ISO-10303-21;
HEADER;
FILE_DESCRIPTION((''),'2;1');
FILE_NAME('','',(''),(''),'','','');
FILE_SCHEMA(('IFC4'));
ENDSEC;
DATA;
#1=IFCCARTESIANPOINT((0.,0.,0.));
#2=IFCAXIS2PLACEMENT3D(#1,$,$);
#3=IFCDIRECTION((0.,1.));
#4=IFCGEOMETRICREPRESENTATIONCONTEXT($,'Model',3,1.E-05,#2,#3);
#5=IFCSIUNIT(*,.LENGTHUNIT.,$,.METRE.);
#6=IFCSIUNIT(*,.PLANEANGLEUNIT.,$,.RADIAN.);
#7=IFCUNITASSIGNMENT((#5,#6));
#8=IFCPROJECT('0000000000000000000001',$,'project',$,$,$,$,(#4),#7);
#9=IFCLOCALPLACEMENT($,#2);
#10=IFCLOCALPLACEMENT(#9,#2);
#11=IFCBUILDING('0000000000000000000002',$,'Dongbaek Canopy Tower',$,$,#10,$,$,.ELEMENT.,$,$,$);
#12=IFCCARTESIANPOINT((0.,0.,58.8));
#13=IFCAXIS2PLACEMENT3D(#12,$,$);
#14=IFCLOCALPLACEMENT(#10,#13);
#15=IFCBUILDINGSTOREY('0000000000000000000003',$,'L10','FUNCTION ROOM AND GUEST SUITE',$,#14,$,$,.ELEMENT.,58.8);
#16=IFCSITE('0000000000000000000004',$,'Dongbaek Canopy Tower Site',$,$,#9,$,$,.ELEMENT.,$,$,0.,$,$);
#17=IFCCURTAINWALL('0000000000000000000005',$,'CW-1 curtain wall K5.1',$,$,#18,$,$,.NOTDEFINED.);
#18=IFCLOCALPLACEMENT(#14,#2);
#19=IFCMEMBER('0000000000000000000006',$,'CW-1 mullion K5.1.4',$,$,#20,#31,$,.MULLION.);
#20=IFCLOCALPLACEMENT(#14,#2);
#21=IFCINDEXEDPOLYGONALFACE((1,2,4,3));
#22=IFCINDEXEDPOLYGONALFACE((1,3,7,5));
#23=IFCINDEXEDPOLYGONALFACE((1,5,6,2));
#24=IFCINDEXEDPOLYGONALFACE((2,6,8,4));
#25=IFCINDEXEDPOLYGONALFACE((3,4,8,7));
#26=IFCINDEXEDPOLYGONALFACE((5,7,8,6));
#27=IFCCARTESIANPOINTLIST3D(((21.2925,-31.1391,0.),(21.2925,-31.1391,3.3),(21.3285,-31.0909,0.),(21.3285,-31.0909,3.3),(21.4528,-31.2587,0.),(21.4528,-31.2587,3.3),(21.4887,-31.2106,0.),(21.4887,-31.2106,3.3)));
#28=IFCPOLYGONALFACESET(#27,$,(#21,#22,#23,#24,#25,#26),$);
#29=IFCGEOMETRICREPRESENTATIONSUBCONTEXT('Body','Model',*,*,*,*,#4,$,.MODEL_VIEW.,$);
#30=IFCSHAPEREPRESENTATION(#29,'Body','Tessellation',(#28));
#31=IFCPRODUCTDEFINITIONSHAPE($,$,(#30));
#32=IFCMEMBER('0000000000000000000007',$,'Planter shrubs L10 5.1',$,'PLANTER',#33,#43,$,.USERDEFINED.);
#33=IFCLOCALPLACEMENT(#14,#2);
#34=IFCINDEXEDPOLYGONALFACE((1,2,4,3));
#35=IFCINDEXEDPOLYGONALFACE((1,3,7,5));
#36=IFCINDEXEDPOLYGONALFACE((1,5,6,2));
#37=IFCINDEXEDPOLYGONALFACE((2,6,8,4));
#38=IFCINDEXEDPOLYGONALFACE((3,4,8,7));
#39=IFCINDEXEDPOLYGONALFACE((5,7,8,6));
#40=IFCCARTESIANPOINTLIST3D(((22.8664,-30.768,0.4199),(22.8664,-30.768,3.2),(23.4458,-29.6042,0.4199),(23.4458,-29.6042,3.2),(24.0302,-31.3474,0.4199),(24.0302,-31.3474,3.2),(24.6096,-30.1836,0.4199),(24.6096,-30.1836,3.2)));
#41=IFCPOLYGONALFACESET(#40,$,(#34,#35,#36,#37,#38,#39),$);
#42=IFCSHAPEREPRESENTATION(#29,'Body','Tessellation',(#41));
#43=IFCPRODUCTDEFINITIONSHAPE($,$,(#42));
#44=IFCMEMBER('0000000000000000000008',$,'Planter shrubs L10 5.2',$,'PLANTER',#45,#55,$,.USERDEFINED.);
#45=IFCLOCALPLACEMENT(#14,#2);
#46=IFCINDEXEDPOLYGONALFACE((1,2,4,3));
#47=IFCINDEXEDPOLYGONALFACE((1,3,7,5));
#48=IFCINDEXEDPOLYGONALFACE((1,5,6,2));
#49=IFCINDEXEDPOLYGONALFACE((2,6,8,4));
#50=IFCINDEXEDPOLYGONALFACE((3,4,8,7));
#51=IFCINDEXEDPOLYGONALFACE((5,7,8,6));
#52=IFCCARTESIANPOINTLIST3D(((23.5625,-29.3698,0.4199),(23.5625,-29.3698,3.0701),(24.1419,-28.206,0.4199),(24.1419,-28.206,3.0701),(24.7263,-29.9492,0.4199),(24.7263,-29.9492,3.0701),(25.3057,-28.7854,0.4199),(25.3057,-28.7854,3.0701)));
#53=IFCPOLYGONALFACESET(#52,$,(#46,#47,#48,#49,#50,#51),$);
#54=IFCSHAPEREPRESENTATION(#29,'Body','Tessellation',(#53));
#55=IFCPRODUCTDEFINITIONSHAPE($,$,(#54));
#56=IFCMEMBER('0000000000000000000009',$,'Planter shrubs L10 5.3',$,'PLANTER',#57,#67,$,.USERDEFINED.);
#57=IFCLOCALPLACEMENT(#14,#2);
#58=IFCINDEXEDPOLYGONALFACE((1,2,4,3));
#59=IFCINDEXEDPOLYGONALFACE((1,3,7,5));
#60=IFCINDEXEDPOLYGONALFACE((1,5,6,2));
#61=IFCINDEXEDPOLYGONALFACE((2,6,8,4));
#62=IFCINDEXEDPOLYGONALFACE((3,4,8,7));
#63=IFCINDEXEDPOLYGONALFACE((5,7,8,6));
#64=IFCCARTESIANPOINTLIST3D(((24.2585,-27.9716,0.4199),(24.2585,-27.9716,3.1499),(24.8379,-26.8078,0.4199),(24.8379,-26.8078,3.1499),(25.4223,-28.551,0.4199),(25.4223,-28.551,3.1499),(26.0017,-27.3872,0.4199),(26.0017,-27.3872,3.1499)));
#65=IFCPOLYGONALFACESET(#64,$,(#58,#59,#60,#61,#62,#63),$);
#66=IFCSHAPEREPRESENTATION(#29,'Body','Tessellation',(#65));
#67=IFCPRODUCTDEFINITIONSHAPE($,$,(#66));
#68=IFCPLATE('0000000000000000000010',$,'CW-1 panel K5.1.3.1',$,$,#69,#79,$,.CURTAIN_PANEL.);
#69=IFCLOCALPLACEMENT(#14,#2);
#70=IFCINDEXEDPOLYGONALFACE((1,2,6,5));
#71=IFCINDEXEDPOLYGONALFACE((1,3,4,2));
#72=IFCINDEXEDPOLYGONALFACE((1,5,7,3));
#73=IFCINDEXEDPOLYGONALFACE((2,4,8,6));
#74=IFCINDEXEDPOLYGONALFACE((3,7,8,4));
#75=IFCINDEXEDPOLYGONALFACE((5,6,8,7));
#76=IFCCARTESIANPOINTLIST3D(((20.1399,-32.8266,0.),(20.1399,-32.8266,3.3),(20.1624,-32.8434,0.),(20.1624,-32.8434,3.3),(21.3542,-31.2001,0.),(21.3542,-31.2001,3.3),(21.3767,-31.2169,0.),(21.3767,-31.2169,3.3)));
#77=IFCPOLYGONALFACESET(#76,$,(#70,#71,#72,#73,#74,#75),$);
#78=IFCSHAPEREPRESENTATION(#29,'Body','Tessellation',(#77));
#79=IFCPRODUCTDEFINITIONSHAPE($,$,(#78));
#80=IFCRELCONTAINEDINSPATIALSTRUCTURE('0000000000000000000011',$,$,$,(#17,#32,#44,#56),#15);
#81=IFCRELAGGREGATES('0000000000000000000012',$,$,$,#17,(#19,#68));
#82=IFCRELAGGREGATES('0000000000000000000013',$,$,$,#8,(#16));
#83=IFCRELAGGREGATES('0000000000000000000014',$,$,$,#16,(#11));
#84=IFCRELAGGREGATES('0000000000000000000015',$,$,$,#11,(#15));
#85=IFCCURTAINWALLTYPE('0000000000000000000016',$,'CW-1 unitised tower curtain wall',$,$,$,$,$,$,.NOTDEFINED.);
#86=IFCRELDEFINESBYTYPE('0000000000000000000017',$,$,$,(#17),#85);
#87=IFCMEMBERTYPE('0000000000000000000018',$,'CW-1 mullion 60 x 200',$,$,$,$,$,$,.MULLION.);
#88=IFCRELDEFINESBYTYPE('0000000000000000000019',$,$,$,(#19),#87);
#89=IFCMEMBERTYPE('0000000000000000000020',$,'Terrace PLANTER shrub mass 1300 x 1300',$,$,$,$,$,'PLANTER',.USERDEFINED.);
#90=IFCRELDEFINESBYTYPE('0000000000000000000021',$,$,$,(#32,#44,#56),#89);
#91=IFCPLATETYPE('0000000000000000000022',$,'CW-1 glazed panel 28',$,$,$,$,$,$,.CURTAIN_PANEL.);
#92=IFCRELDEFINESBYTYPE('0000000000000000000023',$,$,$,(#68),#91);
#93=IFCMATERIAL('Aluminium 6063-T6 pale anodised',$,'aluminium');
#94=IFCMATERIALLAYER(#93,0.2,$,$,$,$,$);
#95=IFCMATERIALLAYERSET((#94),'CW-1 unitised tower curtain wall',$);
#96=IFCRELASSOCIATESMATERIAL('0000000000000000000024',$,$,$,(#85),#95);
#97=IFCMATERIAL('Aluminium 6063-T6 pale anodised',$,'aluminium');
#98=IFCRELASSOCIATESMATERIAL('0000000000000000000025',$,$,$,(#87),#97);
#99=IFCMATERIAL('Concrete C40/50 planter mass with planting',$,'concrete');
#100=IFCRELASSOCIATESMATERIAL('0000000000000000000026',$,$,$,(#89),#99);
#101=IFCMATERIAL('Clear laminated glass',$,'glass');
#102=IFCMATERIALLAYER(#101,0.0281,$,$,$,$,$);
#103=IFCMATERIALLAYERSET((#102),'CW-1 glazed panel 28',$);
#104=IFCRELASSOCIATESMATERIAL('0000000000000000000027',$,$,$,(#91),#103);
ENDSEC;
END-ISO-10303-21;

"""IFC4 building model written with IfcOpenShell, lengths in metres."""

from ifc_helpers import new_model, si_unit, direction, frame, origin, origin_2d, place, context, subcontext, project, spatial, rectangle, extrude, material, layer, layer_set, material_profile, profile_set, type_object, element, aggregate, save


model = new_model("IFC4")

# Units and contexts
model_context = context("Model", 3, precision=1e-05, world=origin(), true_north=direction((0.0, 1.0)))
body_context = subcontext(model_context, "Body", "Model", "MODEL_VIEW")
ifc_project = project(units=[si_unit("LENGTHUNIT", "METRE"), si_unit("PLANEANGLEUNIT", "RADIAN")], contexts=[model_context])

# Site, building, storey
site_placement = place(None, origin())
site = spatial("IfcSite", under=ifc_project, at=site_placement, Name="Dongbaek Canopy Tower Site", CompositionType="ELEMENT", RefElevation=0.0)
building_placement = place(site_placement, origin())
building = spatial("IfcBuilding", under=site, at=building_placement, Name="Dongbaek Canopy Tower", CompositionType="ELEMENT")
storey_placement = place(building_placement, frame((0.0, 0.0, 58.8)))
storey = spatial("IfcBuildingStorey", under=building, at=storey_placement, Name="L10", Description="FUNCTION ROOM AND GUEST SUITE", CompositionType="ELEMENT", Elevation=58.8)

# Curtain wall, member
ifc_material_1 = material(Name="Aluminium 6063-T6 pale anodised", Category="aluminium")
ifc_layer_1 = layer(ifc_material_1, 0.2)
ifc_layer_set_1 = layer_set([ifc_layer_1], Name="CW-1 unitised tower curtain wall")
curtain_wall_type = type_object("IfcCurtainWallType", Name="CW-1 unitised tower curtain wall", PredefinedType="NOTDEFINED", material=ifc_layer_set_1)
curtain_wall_placement = place(storey_placement, origin())
curtain_wall = element("IfcCurtainWall", 1, at=curtain_wall_placement, inside=storey, type_object=curtain_wall_type, Name="CW-1 curtain wall K5.1", PredefinedType="NOTDEFINED")
ifc_material_2 = material(Name="Aluminium 6063-T6 pale anodised", Category="aluminium")
ifc_material_profile_1 = material_profile(ifc_material_2, rectangle(XDim=0.2, YDim=0.0601, at=origin_2d()), Name="CW-1 mullion 60 x 200")
ifc_profile_set_1 = profile_set([ifc_material_profile_1], Name="Aluminium 6063-T6 pale anodised")
member_type_1 = type_object("IfcMemberType", Name="CW-1 mullion 60 x 200", PredefinedType="MULLION", material=ifc_profile_set_1)
member_1_placement = place(storey_placement, frame((21.3906, -31.1748, 0.0), z_axis=(0.0, 0.0, 1.0), x_axis=(0.801318, -0.598238, 0.0)))
member_1 = element("IfcMember", 2, at=member_1_placement, type_object=member_type_1, Name="CW-1 mullion K5.1.4", PredefinedType="MULLION", context=body_context, shape_type="SweptSolid", body=[
    extrude(rectangle(XDim=0.2, YDim=0.0601, at=origin_2d()), origin(), (0.0, 0.0, 1.0), 3.3),
])

# Members
ifc_material_3 = material(Name="Concrete C40/50 planter mass with planting", Category="concrete")
ifc_material_profile_2 = material_profile(ifc_material_3, rectangle(XDim=1.3, YDim=1.3, at=origin_2d()), Name="Terrace PLANTER shrub mass 1300 x 1300")
ifc_profile_set_2 = profile_set([ifc_material_profile_2], Name="Concrete C40/50 planter mass with planting")
member_type_2 = type_object("IfcMemberType", Name="Terrace PLANTER shrub mass 1300 x 1300", ElementType="PLANTER", PredefinedType="USERDEFINED", material=ifc_profile_set_2)
member_2_placement = place(storey_placement, frame((23.738, -30.4758, 0.4199), z_axis=(0.0, 0.0, 1.0), x_axis=(0.895193, -0.445678, 0.0)))
element("IfcMember", 3, at=member_2_placement, inside=storey, type_object=member_type_2, Name="Planter shrubs L10 5.1", ObjectType="PLANTER", PredefinedType="USERDEFINED", context=body_context, shape_type="SweptSolid", body=[
    extrude(rectangle(XDim=1.3, YDim=1.3, at=origin_2d()), origin(), (0.0, 0.0, 1.0), 2.78),
])
member_3_placement = place(storey_placement, frame((24.4341, -29.0776, 0.4199), z_axis=(0.0, 0.0, 1.0), x_axis=(0.895193, -0.445678, 0.0)))
element("IfcMember", 4, at=member_3_placement, inside=storey, type_object=member_type_2, Name="Planter shrubs L10 5.2", ObjectType="PLANTER", PredefinedType="USERDEFINED", context=body_context, shape_type="SweptSolid", body=[
    extrude(rectangle(XDim=1.3, YDim=1.3, at=origin_2d()), origin(), (0.0, 0.0, 1.0), 2.6501),
])
member_4_placement = place(storey_placement, frame((25.1301, -27.6794, 0.4199), z_axis=(0.0, 0.0, 1.0), x_axis=(0.895193, -0.445678, 0.0)))
element("IfcMember", 5, at=member_4_placement, inside=storey, type_object=member_type_2, Name="Planter shrubs L10 5.3", ObjectType="PLANTER", PredefinedType="USERDEFINED", context=body_context, shape_type="SweptSolid", body=[
    extrude(rectangle(XDim=1.3, YDim=1.3, at=origin_2d()), origin(), (0.0, 0.0, 1.0), 2.73),
])

# Plate
ifc_material_4 = material(Name="Clear laminated glass", Category="glass")
ifc_layer_2 = layer(ifc_material_4, 0.0281)
ifc_layer_set_2 = layer_set([ifc_layer_2], Name="CW-1 glazed panel 28")
plate_type = type_object("IfcPlateType", Name="CW-1 glazed panel 28", PredefinedType="CURTAIN_PANEL", material=ifc_layer_set_2)
plate_placement = place(storey_placement, frame((20.7583, -32.0217, 0.0), z_axis=(0.0, 0.0, 1.0), x_axis=(0.598238, 0.801318, 0.0)))
plate = element("IfcPlate", 6, at=plate_placement, type_object=plate_type, Name="CW-1 panel K5.1.3.1", PredefinedType="CURTAIN_PANEL", context=body_context, shape_type="SweptSolid", body=[
    extrude(rectangle(XDim=2.0298, YDim=0.0281, at=origin_2d()), origin(), (0.0, 0.0, 1.0), 3.3),
])
aggregate(curtain_wall, [member_1, plate])

save(model, "model.ifc")
